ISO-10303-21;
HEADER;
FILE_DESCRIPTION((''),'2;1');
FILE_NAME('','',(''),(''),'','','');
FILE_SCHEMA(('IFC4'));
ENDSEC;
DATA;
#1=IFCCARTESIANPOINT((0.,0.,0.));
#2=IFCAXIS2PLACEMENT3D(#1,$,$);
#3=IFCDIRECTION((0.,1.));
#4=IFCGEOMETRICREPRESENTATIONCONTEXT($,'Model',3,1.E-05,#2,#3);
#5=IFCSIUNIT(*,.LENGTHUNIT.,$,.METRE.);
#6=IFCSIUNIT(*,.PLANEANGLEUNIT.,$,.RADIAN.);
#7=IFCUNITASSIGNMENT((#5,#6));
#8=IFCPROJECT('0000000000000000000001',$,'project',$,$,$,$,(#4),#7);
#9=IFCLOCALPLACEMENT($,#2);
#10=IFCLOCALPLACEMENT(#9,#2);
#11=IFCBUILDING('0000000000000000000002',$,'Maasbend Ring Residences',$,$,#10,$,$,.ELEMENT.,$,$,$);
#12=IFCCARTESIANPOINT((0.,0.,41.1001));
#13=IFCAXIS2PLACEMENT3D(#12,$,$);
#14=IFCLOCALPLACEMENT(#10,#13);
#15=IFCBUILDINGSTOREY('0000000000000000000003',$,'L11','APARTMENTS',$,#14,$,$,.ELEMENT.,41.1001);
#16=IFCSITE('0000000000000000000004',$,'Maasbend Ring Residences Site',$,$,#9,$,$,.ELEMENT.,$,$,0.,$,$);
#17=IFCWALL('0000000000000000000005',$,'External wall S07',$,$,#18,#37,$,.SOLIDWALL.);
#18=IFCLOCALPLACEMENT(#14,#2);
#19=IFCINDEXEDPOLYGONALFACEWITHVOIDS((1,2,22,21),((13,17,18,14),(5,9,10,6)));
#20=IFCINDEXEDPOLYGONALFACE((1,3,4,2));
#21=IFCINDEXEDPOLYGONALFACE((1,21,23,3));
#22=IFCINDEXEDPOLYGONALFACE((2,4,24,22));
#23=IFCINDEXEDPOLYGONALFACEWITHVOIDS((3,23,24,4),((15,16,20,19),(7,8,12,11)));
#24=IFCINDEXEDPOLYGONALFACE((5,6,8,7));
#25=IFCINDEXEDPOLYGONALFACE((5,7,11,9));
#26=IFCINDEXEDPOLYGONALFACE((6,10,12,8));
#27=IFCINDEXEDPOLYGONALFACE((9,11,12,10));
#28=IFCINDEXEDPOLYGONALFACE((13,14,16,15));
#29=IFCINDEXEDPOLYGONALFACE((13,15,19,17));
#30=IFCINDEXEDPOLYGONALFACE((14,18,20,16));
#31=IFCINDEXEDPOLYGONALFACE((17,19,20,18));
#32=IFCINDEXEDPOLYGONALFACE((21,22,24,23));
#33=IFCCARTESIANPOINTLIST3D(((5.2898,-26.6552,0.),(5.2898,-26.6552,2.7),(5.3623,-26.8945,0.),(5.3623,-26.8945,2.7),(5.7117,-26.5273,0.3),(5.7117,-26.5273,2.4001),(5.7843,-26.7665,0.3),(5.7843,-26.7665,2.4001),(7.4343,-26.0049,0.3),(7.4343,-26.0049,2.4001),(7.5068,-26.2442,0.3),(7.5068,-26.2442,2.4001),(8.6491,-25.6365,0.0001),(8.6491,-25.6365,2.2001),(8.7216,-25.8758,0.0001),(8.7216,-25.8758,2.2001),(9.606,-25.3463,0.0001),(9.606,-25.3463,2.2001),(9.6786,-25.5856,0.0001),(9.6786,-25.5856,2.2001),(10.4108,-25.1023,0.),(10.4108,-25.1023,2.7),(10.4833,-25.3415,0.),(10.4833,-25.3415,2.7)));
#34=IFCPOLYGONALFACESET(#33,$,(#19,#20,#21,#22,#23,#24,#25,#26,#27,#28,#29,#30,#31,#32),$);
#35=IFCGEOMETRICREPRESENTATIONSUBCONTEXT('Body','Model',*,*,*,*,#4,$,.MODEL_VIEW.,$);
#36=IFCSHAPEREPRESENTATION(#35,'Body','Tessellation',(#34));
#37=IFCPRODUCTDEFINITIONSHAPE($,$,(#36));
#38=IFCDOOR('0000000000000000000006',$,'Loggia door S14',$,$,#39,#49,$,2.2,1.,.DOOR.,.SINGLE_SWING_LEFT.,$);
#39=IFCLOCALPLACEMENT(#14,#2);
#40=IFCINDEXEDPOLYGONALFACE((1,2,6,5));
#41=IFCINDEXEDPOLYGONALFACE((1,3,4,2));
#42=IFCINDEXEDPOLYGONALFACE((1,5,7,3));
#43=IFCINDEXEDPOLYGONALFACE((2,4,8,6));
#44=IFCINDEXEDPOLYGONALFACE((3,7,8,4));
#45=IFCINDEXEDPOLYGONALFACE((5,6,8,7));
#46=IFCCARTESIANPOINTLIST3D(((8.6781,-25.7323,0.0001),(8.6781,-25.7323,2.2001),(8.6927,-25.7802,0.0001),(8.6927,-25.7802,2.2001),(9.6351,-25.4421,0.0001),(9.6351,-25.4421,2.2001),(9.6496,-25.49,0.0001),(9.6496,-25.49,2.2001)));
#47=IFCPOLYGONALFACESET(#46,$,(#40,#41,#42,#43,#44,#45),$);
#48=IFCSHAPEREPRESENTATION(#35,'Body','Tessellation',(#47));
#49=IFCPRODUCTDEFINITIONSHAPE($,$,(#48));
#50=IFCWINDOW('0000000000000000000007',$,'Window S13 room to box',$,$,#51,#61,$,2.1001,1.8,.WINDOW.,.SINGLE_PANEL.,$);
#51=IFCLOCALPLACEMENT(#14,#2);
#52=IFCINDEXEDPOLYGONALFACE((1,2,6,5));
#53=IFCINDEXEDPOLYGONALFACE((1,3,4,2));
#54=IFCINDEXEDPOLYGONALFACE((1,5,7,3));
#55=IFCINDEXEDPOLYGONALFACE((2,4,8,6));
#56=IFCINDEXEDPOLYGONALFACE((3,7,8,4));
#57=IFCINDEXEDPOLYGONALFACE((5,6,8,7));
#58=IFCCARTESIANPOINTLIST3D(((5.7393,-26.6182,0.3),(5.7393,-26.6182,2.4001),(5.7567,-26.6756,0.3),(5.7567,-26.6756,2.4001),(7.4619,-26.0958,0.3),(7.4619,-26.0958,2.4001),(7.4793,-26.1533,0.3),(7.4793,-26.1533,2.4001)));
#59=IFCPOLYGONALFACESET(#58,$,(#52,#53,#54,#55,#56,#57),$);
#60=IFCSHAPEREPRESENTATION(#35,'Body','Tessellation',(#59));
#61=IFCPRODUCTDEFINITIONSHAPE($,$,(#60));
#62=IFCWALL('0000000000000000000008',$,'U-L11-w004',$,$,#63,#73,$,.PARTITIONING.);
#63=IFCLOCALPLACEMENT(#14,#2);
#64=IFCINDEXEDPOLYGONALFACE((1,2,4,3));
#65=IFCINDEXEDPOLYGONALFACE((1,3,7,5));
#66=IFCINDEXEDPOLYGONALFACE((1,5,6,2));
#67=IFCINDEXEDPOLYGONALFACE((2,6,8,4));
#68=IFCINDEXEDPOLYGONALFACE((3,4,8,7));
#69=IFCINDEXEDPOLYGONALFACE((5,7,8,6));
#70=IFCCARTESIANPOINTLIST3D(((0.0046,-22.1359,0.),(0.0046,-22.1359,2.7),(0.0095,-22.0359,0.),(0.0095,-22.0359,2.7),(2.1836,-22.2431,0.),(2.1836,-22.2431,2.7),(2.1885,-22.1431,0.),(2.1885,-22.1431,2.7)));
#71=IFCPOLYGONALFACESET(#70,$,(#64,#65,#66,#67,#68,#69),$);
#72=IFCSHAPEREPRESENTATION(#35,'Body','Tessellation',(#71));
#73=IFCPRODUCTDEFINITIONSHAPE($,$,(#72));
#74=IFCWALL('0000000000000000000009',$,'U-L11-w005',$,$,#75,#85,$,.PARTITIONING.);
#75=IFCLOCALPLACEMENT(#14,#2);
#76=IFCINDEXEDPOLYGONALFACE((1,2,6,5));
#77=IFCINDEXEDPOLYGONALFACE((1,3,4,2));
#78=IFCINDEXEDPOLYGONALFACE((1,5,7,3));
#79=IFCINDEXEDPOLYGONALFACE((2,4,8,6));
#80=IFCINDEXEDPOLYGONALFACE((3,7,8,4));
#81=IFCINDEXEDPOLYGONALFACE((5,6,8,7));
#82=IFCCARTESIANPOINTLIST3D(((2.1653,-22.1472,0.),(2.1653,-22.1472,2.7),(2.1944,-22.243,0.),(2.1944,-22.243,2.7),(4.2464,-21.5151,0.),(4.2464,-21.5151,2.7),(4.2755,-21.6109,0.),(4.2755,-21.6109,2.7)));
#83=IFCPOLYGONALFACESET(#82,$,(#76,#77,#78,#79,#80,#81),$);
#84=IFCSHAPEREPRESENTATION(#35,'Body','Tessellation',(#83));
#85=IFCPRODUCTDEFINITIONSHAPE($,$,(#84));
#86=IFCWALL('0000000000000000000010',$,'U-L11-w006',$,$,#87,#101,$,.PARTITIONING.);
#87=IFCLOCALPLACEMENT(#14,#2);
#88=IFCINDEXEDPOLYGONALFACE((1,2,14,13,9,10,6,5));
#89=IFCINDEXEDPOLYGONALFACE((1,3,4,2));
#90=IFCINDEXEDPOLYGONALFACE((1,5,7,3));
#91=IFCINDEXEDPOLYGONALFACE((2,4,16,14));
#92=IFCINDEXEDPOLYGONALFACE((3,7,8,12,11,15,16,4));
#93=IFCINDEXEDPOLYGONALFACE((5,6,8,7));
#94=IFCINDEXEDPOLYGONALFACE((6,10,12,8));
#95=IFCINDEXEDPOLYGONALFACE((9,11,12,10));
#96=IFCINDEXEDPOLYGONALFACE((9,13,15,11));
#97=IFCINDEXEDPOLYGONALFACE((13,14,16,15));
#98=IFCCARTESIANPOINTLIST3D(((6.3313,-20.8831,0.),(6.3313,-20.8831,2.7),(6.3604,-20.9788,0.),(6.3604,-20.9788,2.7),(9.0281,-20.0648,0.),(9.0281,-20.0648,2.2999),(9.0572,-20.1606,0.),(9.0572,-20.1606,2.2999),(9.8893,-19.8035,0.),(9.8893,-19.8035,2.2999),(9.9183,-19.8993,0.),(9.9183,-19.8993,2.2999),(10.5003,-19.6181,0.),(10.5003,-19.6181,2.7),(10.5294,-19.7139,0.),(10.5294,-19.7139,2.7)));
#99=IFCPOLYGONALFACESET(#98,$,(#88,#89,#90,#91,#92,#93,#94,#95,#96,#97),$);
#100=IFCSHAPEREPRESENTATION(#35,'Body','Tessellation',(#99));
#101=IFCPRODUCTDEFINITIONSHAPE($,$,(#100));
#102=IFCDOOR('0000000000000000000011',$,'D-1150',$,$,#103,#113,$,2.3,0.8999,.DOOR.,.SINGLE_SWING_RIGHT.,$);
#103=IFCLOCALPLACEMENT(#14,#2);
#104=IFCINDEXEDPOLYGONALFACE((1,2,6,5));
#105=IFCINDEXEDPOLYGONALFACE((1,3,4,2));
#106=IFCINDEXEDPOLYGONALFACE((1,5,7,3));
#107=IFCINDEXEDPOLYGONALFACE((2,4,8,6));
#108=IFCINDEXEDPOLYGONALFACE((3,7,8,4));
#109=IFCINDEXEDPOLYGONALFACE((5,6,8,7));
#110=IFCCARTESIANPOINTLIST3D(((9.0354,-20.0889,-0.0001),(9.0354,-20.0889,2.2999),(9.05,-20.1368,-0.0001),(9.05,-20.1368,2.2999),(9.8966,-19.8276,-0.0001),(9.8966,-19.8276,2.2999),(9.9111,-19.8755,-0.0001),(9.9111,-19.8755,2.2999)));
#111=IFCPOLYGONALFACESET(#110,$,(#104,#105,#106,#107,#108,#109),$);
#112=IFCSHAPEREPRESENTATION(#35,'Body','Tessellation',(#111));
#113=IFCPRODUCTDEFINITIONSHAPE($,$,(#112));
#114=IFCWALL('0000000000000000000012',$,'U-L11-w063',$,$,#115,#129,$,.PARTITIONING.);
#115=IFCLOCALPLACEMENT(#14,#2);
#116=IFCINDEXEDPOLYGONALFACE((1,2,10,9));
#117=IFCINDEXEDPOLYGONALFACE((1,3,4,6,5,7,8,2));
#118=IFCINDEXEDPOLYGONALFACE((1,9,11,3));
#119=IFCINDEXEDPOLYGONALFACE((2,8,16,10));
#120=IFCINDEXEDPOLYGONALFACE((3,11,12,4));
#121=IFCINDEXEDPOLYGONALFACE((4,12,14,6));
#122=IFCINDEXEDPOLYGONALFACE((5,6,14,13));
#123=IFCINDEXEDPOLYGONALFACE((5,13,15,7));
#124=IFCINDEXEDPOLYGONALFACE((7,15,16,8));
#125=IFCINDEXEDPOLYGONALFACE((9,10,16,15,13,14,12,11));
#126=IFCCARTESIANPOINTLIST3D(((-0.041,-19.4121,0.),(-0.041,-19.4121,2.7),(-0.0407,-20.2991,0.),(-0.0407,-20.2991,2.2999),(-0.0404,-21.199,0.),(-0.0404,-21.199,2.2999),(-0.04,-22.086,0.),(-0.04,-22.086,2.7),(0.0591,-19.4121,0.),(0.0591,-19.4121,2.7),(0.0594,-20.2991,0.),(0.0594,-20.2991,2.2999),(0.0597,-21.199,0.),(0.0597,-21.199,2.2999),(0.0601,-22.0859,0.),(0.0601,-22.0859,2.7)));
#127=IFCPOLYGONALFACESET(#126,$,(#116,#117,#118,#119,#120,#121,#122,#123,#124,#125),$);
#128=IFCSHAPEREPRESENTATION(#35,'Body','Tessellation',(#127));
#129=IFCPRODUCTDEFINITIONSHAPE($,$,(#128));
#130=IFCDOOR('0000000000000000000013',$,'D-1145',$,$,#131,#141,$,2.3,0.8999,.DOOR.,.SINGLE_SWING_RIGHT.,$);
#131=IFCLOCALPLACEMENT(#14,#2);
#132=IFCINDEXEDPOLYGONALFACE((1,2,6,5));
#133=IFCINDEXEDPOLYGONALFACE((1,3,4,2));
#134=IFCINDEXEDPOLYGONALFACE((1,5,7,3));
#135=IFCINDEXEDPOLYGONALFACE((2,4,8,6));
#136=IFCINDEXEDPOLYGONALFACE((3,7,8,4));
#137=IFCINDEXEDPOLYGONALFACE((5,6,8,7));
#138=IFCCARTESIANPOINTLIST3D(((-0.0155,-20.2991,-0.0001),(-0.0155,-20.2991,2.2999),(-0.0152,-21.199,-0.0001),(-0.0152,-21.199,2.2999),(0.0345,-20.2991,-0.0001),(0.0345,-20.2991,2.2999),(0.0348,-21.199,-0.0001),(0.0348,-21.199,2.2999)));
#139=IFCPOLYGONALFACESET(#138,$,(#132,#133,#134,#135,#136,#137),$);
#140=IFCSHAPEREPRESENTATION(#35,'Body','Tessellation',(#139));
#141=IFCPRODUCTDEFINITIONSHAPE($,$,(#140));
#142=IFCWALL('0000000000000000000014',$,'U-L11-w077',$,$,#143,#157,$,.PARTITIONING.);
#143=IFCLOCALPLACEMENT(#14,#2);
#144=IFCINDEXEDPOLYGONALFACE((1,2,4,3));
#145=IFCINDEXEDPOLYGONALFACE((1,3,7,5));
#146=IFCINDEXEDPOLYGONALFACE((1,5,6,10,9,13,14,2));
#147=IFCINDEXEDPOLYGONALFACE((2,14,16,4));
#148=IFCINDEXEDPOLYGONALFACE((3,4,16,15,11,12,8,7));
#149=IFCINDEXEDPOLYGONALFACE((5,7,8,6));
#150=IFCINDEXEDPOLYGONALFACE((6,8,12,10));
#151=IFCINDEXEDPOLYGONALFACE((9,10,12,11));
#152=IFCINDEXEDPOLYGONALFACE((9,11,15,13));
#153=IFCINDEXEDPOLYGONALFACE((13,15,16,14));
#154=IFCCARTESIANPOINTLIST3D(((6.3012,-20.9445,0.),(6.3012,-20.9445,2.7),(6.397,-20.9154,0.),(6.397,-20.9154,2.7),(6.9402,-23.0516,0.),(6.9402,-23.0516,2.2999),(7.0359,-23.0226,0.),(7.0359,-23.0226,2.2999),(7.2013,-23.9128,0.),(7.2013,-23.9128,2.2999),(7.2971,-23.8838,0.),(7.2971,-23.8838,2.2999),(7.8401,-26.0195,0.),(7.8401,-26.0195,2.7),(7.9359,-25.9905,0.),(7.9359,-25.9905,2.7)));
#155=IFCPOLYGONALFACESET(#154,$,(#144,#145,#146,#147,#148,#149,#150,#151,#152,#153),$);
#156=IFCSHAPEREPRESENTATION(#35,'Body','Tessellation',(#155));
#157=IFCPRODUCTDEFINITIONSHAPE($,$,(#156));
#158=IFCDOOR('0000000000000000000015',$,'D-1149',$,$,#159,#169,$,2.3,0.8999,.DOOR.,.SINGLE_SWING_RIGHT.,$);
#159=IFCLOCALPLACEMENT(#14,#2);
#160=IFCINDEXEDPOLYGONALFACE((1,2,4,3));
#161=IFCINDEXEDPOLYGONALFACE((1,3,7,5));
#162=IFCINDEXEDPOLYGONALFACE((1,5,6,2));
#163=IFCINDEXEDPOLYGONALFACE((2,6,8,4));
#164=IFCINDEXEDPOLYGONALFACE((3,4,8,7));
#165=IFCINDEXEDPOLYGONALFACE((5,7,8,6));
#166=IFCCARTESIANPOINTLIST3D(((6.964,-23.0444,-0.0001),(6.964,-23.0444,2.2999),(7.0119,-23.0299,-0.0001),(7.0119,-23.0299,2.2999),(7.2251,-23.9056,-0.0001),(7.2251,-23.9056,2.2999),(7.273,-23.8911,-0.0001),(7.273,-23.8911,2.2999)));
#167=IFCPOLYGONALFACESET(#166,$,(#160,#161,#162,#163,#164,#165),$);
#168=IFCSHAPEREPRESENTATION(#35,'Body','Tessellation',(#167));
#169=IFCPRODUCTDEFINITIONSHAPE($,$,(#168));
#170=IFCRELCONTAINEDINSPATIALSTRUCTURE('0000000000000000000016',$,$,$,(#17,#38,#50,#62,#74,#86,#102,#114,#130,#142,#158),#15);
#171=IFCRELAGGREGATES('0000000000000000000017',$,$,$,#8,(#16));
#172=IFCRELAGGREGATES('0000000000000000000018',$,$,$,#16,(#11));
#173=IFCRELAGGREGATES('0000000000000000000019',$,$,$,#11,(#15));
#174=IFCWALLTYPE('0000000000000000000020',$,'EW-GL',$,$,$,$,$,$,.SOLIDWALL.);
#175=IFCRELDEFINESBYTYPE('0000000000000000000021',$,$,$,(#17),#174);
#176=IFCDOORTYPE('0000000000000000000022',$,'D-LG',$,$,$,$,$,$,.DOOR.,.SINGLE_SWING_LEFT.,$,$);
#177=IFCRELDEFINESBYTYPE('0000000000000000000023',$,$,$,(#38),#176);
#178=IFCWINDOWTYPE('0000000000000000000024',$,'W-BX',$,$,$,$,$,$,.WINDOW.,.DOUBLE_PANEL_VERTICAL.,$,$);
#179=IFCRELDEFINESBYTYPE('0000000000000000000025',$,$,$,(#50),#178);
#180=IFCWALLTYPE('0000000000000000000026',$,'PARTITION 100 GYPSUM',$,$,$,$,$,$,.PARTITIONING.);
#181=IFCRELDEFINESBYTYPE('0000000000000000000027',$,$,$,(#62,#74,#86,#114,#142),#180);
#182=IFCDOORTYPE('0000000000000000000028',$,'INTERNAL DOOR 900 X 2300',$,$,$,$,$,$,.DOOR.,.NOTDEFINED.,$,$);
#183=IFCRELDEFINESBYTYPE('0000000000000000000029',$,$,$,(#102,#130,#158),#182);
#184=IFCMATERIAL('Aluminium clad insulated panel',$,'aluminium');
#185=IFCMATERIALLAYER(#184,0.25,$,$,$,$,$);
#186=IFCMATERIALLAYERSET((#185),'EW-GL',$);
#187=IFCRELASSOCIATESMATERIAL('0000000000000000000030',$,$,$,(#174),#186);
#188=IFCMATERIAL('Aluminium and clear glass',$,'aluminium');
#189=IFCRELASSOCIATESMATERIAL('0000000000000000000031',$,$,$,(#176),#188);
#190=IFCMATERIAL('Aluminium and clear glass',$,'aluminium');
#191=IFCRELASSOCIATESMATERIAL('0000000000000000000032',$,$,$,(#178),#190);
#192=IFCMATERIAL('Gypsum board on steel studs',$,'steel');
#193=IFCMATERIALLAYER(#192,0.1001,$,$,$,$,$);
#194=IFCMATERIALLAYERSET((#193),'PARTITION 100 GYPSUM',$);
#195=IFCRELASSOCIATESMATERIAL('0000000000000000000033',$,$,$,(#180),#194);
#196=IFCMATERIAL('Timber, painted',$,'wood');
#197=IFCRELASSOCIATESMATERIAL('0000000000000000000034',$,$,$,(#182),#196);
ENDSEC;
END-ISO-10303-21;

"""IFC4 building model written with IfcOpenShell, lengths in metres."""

from ifc_helpers import new_model, si_unit, direction, frame, frame_2d, origin, place, context, subcontext, project, spatial, rectangle, extrude, material, layer, layer_set, type_object, element, fill, save


model = new_model("IFC4")

# Units and contexts
model_context = context("Model", 3, precision=1e-05, world=origin(), true_north=direction((0.0, 1.0)))
body_context = subcontext(model_context, "Body", "Model", "MODEL_VIEW")
ifc_project = project(units=[si_unit("LENGTHUNIT", "METRE"), si_unit("PLANEANGLEUNIT", "RADIAN")], contexts=[model_context])

# Site, building, storey
site_placement = place(None, origin())
site = spatial("IfcSite", under=ifc_project, at=site_placement, Name="Maasbend Ring Residences Site", CompositionType="ELEMENT", RefElevation=0.0)
building_placement = place(site_placement, origin())
building = spatial("IfcBuilding", under=site, at=building_placement, Name="Maasbend Ring Residences", CompositionType="ELEMENT")
storey_placement = place(building_placement, frame((0.0, 0.0, 41.1001)))
storey = spatial("IfcBuildingStorey", under=building, at=storey_placement, Name="L11", Description="APARTMENTS", CompositionType="ELEMENT", Elevation=41.1001)

# Wall, openings, door, window
ifc_material_1 = material(Name="Aluminium clad insulated panel", Category="aluminium")
ifc_layer_1 = layer(ifc_material_1, 0.25)
ifc_layer_set_1 = layer_set([ifc_layer_1], Name="EW-GL")
wall_type_1 = type_object("IfcWallType", Name="EW-GL", PredefinedType="SOLIDWALL", material=ifc_layer_set_1)
wall_1_placement = place(storey_placement, frame((5.3259, -26.7749, 0.0), z_axis=(0.0, 0.0, 1.0), x_axis=(0.956966, 0.290201, 0.0)))
wall_1 = element("IfcWall", 1, at=wall_1_placement, inside=storey, type_object=wall_type_1, Name="External wall S07", PredefinedType="SOLIDWALL", context=body_context, shape_type="SweptSolid", body=[
    extrude(rectangle(XDim=5.3513, YDim=0.25, at=frame_2d((2.6758, 0.0))), origin(), (0.0, 0.0, 1.0), 2.7),
])
opening_1_placement = place(wall_1_placement, frame((0.4412, 0.0, 0.3)))
opening_1 = element("IfcOpeningElement", 2, at=opening_1_placement, cuts=wall_1, PredefinedType="OPENING", context=body_context, shape_type="SweptSolid", body=[
    extrude(rectangle(XDim=1.8, YDim=2.1001, at=frame_2d((0.8999, 1.05))), frame((0.0, 0.135, 0.0), z_axis=(0.0, -1.0, 0.0), x_axis=(1.0, 0.0, 0.0)), (0.0, 0.0, 1.0), 0.27),
])
opening_2_placement = place(wall_1_placement, frame((3.5105, 0.0, 0.0)))
opening_2 = element("IfcOpeningElement", 3, at=opening_2_placement, cuts=wall_1, PredefinedType="OPENING", context=body_context, shape_type="SweptSolid", body=[
    extrude(rectangle(XDim=1.0, YDim=2.2, at=frame_2d((0.5, 1.1001))), frame((0.0, 0.135, 0.0), z_axis=(0.0, -1.0, 0.0), x_axis=(1.0, 0.0, 0.0)), (0.0, 0.0, 1.0), 0.27),
])
ifc_material_2 = material(Name="Aluminium and clear glass", Category="aluminium")
door_type_1 = type_object("IfcDoorType", Name="D-LG", OperationType="SINGLE_SWING_LEFT", PredefinedType="DOOR", material=ifc_material_2)
door_1_placement = place(opening_2_placement, origin())
door_1 = element("IfcDoor", 4, at=door_1_placement, inside=storey, type_object=door_type_1, Name="Loggia door S14", OperationType="SINGLE_SWING_LEFT", OverallHeight=2.2, OverallWidth=1.0, PredefinedType="DOOR", context=body_context, shape_type="SweptSolid", body=[
    extrude(rectangle(XDim=1.0, YDim=2.2, at=frame_2d((0.5, 1.1001))), frame((0.0, 0.0249, 0.0), z_axis=(0.0, -1.0, 0.0), x_axis=(1.0, 0.0, 0.0)), (0.0, 0.0, 1.0), 0.05),
])
fill(opening_2, door_1)
ifc_material_3 = material(Name="Aluminium and clear glass", Category="aluminium")
window_type_1 = type_object("IfcWindowType", Name="W-BX", PartitioningType="DOUBLE_PANEL_VERTICAL", PredefinedType="WINDOW", material=ifc_material_3)
window_1_placement = place(opening_1_placement, origin())
window_1 = element("IfcWindow", 5, at=window_1_placement, inside=storey, type_object=window_type_1, Name="Window S13 room to box", OverallHeight=2.1001, OverallWidth=1.8, PartitioningType="SINGLE_PANEL", PredefinedType="WINDOW", context=body_context, shape_type="SweptSolid", body=[
    extrude(rectangle(XDim=1.8, YDim=2.1001, at=frame_2d((0.8999, 1.05))), frame((0.0, 0.03, 0.0), z_axis=(0.0, -1.0, 0.0), x_axis=(1.0, 0.0, 0.0)), (0.0, 0.0, 1.0), 0.0601),
])
fill(opening_1, window_1)

# Walls
ifc_material_4 = material(Name="Gypsum board on steel studs", Category="steel")
ifc_layer_2 = layer(ifc_material_4, 0.1001)
ifc_layer_set_2 = layer_set([ifc_layer_2], Name="PARTITION 100 GYPSUM")
wall_type_2 = type_object("IfcWallType", Name="PARTITION 100 GYPSUM", PredefinedType="PARTITIONING", material=ifc_layer_set_2)
wall_2_placement = place(storey_placement, frame((0.0071, -22.0859, 0.0), z_axis=(0.0, 0.0, 1.0), x_axis=(0.998792, -0.049128, 0.0)))
element("IfcWall", 6, at=wall_2_placement, inside=storey, type_object=wall_type_2, Name="U-L11-w004", PredefinedType="PARTITIONING", context=body_context, shape_type="SweptSolid", body=[
    extrude(rectangle(XDim=2.1816, YDim=0.1001, at=frame_2d((1.0908, 0.0))), origin(), (0.0, 0.0, 1.0), 2.7),
])
wall_3_placement = place(storey_placement, frame((2.1799, -22.1951, 0.0), z_axis=(0.0, 0.0, 1.0), x_axis=(0.956838, 0.290621, 0.0)))
element("IfcWall", 7, at=wall_3_placement, inside=storey, type_object=wall_type_2, Name="U-L11-w005", PredefinedType="PARTITIONING", context=body_context, shape_type="SweptSolid", body=[
    extrude(rectangle(XDim=2.175, YDim=0.1001, at=frame_2d((1.0874, 0.0))), origin(), (0.0, 0.0, 1.0), 2.7),
])

# Walls, openings, doors
wall_4_placement = place(storey_placement, frame((6.3459, -20.9309, 0.0), z_axis=(0.0, 0.0, 1.0), x_axis=(0.956924, 0.290339, 0.0)))
wall_4 = element("IfcWall", 8, at=wall_4_placement, inside=storey, type_object=wall_type_2, Name="U-L11-w006", PredefinedType="PARTITIONING", context=body_context, shape_type="SweptSolid", body=[
    extrude(rectangle(XDim=4.3567, YDim=0.1001, at=frame_2d((2.1782, 0.0))), origin(), (0.0, 0.0, 1.0), 2.7),
])
opening_3_placement = place(wall_4_placement, frame((2.8181, 0.0, 0.0)))
opening_3 = element("IfcOpeningElement", 9, at=opening_3_placement, cuts=wall_4, PredefinedType="OPENING", context=body_context, shape_type="SweptSolid", body=[
    extrude(rectangle(XDim=0.8999, YDim=2.3, at=frame_2d((0.45, 1.1499))), frame((0.0, 0.0601, 0.0), z_axis=(0.0, -1.0, 0.0), x_axis=(1.0, 0.0, 0.0)), (0.0, 0.0, 1.0), 0.1201),
])
ifc_material_5 = material(Name="Timber, painted", Category="wood")
door_type_2 = type_object("IfcDoorType", Name="INTERNAL DOOR 900 X 2300", OperationType="NOTDEFINED", PredefinedType="DOOR", material=ifc_material_5)
door_2_placement = place(opening_3_placement, origin())
door_2 = element("IfcDoor", 10, at=door_2_placement, inside=storey, type_object=door_type_2, Name="D-1150", OperationType="SINGLE_SWING_RIGHT", OverallHeight=2.3, OverallWidth=0.8999, PredefinedType="DOOR", context=body_context, shape_type="SweptSolid", body=[
    extrude(rectangle(XDim=0.8999, YDim=2.3, at=frame_2d((0.45, 1.1499))), frame((0.0, 0.0249, 0.0), z_axis=(0.0, -1.0, 0.0), x_axis=(1.0, 0.0, 0.0)), (0.0, 0.0, 1.0), 0.05),
])
fill(opening_3, door_2)
wall_5_placement = place(storey_placement, frame((0.01, -22.0859, 0.0), z_axis=(0.0, 0.0, 1.0), x_axis=(-0.000365, 1.0, 0.0)))
wall_5 = element("IfcWall", 11, at=wall_5_placement, inside=storey, type_object=wall_type_2, Name="U-L11-w063", PredefinedType="PARTITIONING", context=body_context, shape_type="SweptSolid", body=[
    extrude(rectangle(XDim=2.6738, YDim=0.1001, at=frame_2d((1.3369, 0.0))), origin(), (0.0, 0.0, 1.0), 2.7),
])
opening_4_placement = place(wall_5_placement, frame((0.887, 0.0, 0.0)))
opening_4 = element("IfcOpeningElement", 12, at=opening_4_placement, cuts=wall_5, PredefinedType="OPENING", context=body_context, shape_type="SweptSolid", body=[
    extrude(rectangle(XDim=0.8999, YDim=2.3, at=frame_2d((0.45, 1.1499))), frame((0.0, 0.0601, 0.0), z_axis=(0.0, -1.0, 0.0), x_axis=(1.0, 0.0, 0.0)), (0.0, 0.0, 1.0), 0.1201),
])
door_3_placement = place(opening_4_placement, origin())
door_3 = element("IfcDoor", 13, at=door_3_placement, inside=storey, type_object=door_type_2, Name="D-1145", OperationType="SINGLE_SWING_RIGHT", OverallHeight=2.3, OverallWidth=0.8999, PredefinedType="DOOR", context=body_context, shape_type="SweptSolid", body=[
    extrude(rectangle(XDim=0.8999, YDim=2.3, at=frame_2d((0.45, 1.1499))), frame((0.0, 0.0249, 0.0), z_axis=(0.0, -1.0, 0.0), x_axis=(1.0, 0.0, 0.0)), (0.0, 0.0, 1.0), 0.05),
])
fill(opening_4, door_3)
wall_6_placement = place(storey_placement, frame((6.3491, -20.9299, 0.0), z_axis=(0.0, 0.0, 1.0), x_axis=(0.290172, -0.956974, 0.0)))
wall_6 = element("IfcWall", 14, at=wall_6_placement, inside=storey, type_object=wall_type_2, Name="U-L11-w077", PredefinedType="PARTITIONING", context=body_context, shape_type="SweptSolid", body=[
    extrude(rectangle(XDim=5.3032, YDim=0.1001, at=frame_2d((2.6516, 0.0))), origin(), (0.0, 0.0, 1.0), 2.7),
])
opening_5_placement = place(wall_6_placement, frame((2.2019, 0.0, 0.0)))
opening_5 = element("IfcOpeningElement", 15, at=opening_5_placement, cuts=wall_6, PredefinedType="OPENING", context=body_context, shape_type="SweptSolid", body=[
    extrude(rectangle(XDim=0.8999, YDim=2.3, at=frame_2d((0.45, 1.1499))), frame((0.0, 0.0601, 0.0), z_axis=(0.0, -1.0, 0.0), x_axis=(1.0, 0.0, 0.0)), (0.0, 0.0, 1.0), 0.1201),
])
door_4_placement = place(opening_5_placement, origin())
door_4 = element("IfcDoor", 16, at=door_4_placement, inside=storey, type_object=door_type_2, Name="D-1149", OperationType="SINGLE_SWING_RIGHT", OverallHeight=2.3, OverallWidth=0.8999, PredefinedType="DOOR", context=body_context, shape_type="SweptSolid", body=[
    extrude(rectangle(XDim=0.8999, YDim=2.3, at=frame_2d((0.45, 1.1499))), frame((0.0, 0.0249, 0.0), z_axis=(0.0, -1.0, 0.0), x_axis=(1.0, 0.0, 0.0)), (0.0, 0.0, 1.0), 0.05),
])
fill(opening_5, door_4)

save(model, "model.ifc")
